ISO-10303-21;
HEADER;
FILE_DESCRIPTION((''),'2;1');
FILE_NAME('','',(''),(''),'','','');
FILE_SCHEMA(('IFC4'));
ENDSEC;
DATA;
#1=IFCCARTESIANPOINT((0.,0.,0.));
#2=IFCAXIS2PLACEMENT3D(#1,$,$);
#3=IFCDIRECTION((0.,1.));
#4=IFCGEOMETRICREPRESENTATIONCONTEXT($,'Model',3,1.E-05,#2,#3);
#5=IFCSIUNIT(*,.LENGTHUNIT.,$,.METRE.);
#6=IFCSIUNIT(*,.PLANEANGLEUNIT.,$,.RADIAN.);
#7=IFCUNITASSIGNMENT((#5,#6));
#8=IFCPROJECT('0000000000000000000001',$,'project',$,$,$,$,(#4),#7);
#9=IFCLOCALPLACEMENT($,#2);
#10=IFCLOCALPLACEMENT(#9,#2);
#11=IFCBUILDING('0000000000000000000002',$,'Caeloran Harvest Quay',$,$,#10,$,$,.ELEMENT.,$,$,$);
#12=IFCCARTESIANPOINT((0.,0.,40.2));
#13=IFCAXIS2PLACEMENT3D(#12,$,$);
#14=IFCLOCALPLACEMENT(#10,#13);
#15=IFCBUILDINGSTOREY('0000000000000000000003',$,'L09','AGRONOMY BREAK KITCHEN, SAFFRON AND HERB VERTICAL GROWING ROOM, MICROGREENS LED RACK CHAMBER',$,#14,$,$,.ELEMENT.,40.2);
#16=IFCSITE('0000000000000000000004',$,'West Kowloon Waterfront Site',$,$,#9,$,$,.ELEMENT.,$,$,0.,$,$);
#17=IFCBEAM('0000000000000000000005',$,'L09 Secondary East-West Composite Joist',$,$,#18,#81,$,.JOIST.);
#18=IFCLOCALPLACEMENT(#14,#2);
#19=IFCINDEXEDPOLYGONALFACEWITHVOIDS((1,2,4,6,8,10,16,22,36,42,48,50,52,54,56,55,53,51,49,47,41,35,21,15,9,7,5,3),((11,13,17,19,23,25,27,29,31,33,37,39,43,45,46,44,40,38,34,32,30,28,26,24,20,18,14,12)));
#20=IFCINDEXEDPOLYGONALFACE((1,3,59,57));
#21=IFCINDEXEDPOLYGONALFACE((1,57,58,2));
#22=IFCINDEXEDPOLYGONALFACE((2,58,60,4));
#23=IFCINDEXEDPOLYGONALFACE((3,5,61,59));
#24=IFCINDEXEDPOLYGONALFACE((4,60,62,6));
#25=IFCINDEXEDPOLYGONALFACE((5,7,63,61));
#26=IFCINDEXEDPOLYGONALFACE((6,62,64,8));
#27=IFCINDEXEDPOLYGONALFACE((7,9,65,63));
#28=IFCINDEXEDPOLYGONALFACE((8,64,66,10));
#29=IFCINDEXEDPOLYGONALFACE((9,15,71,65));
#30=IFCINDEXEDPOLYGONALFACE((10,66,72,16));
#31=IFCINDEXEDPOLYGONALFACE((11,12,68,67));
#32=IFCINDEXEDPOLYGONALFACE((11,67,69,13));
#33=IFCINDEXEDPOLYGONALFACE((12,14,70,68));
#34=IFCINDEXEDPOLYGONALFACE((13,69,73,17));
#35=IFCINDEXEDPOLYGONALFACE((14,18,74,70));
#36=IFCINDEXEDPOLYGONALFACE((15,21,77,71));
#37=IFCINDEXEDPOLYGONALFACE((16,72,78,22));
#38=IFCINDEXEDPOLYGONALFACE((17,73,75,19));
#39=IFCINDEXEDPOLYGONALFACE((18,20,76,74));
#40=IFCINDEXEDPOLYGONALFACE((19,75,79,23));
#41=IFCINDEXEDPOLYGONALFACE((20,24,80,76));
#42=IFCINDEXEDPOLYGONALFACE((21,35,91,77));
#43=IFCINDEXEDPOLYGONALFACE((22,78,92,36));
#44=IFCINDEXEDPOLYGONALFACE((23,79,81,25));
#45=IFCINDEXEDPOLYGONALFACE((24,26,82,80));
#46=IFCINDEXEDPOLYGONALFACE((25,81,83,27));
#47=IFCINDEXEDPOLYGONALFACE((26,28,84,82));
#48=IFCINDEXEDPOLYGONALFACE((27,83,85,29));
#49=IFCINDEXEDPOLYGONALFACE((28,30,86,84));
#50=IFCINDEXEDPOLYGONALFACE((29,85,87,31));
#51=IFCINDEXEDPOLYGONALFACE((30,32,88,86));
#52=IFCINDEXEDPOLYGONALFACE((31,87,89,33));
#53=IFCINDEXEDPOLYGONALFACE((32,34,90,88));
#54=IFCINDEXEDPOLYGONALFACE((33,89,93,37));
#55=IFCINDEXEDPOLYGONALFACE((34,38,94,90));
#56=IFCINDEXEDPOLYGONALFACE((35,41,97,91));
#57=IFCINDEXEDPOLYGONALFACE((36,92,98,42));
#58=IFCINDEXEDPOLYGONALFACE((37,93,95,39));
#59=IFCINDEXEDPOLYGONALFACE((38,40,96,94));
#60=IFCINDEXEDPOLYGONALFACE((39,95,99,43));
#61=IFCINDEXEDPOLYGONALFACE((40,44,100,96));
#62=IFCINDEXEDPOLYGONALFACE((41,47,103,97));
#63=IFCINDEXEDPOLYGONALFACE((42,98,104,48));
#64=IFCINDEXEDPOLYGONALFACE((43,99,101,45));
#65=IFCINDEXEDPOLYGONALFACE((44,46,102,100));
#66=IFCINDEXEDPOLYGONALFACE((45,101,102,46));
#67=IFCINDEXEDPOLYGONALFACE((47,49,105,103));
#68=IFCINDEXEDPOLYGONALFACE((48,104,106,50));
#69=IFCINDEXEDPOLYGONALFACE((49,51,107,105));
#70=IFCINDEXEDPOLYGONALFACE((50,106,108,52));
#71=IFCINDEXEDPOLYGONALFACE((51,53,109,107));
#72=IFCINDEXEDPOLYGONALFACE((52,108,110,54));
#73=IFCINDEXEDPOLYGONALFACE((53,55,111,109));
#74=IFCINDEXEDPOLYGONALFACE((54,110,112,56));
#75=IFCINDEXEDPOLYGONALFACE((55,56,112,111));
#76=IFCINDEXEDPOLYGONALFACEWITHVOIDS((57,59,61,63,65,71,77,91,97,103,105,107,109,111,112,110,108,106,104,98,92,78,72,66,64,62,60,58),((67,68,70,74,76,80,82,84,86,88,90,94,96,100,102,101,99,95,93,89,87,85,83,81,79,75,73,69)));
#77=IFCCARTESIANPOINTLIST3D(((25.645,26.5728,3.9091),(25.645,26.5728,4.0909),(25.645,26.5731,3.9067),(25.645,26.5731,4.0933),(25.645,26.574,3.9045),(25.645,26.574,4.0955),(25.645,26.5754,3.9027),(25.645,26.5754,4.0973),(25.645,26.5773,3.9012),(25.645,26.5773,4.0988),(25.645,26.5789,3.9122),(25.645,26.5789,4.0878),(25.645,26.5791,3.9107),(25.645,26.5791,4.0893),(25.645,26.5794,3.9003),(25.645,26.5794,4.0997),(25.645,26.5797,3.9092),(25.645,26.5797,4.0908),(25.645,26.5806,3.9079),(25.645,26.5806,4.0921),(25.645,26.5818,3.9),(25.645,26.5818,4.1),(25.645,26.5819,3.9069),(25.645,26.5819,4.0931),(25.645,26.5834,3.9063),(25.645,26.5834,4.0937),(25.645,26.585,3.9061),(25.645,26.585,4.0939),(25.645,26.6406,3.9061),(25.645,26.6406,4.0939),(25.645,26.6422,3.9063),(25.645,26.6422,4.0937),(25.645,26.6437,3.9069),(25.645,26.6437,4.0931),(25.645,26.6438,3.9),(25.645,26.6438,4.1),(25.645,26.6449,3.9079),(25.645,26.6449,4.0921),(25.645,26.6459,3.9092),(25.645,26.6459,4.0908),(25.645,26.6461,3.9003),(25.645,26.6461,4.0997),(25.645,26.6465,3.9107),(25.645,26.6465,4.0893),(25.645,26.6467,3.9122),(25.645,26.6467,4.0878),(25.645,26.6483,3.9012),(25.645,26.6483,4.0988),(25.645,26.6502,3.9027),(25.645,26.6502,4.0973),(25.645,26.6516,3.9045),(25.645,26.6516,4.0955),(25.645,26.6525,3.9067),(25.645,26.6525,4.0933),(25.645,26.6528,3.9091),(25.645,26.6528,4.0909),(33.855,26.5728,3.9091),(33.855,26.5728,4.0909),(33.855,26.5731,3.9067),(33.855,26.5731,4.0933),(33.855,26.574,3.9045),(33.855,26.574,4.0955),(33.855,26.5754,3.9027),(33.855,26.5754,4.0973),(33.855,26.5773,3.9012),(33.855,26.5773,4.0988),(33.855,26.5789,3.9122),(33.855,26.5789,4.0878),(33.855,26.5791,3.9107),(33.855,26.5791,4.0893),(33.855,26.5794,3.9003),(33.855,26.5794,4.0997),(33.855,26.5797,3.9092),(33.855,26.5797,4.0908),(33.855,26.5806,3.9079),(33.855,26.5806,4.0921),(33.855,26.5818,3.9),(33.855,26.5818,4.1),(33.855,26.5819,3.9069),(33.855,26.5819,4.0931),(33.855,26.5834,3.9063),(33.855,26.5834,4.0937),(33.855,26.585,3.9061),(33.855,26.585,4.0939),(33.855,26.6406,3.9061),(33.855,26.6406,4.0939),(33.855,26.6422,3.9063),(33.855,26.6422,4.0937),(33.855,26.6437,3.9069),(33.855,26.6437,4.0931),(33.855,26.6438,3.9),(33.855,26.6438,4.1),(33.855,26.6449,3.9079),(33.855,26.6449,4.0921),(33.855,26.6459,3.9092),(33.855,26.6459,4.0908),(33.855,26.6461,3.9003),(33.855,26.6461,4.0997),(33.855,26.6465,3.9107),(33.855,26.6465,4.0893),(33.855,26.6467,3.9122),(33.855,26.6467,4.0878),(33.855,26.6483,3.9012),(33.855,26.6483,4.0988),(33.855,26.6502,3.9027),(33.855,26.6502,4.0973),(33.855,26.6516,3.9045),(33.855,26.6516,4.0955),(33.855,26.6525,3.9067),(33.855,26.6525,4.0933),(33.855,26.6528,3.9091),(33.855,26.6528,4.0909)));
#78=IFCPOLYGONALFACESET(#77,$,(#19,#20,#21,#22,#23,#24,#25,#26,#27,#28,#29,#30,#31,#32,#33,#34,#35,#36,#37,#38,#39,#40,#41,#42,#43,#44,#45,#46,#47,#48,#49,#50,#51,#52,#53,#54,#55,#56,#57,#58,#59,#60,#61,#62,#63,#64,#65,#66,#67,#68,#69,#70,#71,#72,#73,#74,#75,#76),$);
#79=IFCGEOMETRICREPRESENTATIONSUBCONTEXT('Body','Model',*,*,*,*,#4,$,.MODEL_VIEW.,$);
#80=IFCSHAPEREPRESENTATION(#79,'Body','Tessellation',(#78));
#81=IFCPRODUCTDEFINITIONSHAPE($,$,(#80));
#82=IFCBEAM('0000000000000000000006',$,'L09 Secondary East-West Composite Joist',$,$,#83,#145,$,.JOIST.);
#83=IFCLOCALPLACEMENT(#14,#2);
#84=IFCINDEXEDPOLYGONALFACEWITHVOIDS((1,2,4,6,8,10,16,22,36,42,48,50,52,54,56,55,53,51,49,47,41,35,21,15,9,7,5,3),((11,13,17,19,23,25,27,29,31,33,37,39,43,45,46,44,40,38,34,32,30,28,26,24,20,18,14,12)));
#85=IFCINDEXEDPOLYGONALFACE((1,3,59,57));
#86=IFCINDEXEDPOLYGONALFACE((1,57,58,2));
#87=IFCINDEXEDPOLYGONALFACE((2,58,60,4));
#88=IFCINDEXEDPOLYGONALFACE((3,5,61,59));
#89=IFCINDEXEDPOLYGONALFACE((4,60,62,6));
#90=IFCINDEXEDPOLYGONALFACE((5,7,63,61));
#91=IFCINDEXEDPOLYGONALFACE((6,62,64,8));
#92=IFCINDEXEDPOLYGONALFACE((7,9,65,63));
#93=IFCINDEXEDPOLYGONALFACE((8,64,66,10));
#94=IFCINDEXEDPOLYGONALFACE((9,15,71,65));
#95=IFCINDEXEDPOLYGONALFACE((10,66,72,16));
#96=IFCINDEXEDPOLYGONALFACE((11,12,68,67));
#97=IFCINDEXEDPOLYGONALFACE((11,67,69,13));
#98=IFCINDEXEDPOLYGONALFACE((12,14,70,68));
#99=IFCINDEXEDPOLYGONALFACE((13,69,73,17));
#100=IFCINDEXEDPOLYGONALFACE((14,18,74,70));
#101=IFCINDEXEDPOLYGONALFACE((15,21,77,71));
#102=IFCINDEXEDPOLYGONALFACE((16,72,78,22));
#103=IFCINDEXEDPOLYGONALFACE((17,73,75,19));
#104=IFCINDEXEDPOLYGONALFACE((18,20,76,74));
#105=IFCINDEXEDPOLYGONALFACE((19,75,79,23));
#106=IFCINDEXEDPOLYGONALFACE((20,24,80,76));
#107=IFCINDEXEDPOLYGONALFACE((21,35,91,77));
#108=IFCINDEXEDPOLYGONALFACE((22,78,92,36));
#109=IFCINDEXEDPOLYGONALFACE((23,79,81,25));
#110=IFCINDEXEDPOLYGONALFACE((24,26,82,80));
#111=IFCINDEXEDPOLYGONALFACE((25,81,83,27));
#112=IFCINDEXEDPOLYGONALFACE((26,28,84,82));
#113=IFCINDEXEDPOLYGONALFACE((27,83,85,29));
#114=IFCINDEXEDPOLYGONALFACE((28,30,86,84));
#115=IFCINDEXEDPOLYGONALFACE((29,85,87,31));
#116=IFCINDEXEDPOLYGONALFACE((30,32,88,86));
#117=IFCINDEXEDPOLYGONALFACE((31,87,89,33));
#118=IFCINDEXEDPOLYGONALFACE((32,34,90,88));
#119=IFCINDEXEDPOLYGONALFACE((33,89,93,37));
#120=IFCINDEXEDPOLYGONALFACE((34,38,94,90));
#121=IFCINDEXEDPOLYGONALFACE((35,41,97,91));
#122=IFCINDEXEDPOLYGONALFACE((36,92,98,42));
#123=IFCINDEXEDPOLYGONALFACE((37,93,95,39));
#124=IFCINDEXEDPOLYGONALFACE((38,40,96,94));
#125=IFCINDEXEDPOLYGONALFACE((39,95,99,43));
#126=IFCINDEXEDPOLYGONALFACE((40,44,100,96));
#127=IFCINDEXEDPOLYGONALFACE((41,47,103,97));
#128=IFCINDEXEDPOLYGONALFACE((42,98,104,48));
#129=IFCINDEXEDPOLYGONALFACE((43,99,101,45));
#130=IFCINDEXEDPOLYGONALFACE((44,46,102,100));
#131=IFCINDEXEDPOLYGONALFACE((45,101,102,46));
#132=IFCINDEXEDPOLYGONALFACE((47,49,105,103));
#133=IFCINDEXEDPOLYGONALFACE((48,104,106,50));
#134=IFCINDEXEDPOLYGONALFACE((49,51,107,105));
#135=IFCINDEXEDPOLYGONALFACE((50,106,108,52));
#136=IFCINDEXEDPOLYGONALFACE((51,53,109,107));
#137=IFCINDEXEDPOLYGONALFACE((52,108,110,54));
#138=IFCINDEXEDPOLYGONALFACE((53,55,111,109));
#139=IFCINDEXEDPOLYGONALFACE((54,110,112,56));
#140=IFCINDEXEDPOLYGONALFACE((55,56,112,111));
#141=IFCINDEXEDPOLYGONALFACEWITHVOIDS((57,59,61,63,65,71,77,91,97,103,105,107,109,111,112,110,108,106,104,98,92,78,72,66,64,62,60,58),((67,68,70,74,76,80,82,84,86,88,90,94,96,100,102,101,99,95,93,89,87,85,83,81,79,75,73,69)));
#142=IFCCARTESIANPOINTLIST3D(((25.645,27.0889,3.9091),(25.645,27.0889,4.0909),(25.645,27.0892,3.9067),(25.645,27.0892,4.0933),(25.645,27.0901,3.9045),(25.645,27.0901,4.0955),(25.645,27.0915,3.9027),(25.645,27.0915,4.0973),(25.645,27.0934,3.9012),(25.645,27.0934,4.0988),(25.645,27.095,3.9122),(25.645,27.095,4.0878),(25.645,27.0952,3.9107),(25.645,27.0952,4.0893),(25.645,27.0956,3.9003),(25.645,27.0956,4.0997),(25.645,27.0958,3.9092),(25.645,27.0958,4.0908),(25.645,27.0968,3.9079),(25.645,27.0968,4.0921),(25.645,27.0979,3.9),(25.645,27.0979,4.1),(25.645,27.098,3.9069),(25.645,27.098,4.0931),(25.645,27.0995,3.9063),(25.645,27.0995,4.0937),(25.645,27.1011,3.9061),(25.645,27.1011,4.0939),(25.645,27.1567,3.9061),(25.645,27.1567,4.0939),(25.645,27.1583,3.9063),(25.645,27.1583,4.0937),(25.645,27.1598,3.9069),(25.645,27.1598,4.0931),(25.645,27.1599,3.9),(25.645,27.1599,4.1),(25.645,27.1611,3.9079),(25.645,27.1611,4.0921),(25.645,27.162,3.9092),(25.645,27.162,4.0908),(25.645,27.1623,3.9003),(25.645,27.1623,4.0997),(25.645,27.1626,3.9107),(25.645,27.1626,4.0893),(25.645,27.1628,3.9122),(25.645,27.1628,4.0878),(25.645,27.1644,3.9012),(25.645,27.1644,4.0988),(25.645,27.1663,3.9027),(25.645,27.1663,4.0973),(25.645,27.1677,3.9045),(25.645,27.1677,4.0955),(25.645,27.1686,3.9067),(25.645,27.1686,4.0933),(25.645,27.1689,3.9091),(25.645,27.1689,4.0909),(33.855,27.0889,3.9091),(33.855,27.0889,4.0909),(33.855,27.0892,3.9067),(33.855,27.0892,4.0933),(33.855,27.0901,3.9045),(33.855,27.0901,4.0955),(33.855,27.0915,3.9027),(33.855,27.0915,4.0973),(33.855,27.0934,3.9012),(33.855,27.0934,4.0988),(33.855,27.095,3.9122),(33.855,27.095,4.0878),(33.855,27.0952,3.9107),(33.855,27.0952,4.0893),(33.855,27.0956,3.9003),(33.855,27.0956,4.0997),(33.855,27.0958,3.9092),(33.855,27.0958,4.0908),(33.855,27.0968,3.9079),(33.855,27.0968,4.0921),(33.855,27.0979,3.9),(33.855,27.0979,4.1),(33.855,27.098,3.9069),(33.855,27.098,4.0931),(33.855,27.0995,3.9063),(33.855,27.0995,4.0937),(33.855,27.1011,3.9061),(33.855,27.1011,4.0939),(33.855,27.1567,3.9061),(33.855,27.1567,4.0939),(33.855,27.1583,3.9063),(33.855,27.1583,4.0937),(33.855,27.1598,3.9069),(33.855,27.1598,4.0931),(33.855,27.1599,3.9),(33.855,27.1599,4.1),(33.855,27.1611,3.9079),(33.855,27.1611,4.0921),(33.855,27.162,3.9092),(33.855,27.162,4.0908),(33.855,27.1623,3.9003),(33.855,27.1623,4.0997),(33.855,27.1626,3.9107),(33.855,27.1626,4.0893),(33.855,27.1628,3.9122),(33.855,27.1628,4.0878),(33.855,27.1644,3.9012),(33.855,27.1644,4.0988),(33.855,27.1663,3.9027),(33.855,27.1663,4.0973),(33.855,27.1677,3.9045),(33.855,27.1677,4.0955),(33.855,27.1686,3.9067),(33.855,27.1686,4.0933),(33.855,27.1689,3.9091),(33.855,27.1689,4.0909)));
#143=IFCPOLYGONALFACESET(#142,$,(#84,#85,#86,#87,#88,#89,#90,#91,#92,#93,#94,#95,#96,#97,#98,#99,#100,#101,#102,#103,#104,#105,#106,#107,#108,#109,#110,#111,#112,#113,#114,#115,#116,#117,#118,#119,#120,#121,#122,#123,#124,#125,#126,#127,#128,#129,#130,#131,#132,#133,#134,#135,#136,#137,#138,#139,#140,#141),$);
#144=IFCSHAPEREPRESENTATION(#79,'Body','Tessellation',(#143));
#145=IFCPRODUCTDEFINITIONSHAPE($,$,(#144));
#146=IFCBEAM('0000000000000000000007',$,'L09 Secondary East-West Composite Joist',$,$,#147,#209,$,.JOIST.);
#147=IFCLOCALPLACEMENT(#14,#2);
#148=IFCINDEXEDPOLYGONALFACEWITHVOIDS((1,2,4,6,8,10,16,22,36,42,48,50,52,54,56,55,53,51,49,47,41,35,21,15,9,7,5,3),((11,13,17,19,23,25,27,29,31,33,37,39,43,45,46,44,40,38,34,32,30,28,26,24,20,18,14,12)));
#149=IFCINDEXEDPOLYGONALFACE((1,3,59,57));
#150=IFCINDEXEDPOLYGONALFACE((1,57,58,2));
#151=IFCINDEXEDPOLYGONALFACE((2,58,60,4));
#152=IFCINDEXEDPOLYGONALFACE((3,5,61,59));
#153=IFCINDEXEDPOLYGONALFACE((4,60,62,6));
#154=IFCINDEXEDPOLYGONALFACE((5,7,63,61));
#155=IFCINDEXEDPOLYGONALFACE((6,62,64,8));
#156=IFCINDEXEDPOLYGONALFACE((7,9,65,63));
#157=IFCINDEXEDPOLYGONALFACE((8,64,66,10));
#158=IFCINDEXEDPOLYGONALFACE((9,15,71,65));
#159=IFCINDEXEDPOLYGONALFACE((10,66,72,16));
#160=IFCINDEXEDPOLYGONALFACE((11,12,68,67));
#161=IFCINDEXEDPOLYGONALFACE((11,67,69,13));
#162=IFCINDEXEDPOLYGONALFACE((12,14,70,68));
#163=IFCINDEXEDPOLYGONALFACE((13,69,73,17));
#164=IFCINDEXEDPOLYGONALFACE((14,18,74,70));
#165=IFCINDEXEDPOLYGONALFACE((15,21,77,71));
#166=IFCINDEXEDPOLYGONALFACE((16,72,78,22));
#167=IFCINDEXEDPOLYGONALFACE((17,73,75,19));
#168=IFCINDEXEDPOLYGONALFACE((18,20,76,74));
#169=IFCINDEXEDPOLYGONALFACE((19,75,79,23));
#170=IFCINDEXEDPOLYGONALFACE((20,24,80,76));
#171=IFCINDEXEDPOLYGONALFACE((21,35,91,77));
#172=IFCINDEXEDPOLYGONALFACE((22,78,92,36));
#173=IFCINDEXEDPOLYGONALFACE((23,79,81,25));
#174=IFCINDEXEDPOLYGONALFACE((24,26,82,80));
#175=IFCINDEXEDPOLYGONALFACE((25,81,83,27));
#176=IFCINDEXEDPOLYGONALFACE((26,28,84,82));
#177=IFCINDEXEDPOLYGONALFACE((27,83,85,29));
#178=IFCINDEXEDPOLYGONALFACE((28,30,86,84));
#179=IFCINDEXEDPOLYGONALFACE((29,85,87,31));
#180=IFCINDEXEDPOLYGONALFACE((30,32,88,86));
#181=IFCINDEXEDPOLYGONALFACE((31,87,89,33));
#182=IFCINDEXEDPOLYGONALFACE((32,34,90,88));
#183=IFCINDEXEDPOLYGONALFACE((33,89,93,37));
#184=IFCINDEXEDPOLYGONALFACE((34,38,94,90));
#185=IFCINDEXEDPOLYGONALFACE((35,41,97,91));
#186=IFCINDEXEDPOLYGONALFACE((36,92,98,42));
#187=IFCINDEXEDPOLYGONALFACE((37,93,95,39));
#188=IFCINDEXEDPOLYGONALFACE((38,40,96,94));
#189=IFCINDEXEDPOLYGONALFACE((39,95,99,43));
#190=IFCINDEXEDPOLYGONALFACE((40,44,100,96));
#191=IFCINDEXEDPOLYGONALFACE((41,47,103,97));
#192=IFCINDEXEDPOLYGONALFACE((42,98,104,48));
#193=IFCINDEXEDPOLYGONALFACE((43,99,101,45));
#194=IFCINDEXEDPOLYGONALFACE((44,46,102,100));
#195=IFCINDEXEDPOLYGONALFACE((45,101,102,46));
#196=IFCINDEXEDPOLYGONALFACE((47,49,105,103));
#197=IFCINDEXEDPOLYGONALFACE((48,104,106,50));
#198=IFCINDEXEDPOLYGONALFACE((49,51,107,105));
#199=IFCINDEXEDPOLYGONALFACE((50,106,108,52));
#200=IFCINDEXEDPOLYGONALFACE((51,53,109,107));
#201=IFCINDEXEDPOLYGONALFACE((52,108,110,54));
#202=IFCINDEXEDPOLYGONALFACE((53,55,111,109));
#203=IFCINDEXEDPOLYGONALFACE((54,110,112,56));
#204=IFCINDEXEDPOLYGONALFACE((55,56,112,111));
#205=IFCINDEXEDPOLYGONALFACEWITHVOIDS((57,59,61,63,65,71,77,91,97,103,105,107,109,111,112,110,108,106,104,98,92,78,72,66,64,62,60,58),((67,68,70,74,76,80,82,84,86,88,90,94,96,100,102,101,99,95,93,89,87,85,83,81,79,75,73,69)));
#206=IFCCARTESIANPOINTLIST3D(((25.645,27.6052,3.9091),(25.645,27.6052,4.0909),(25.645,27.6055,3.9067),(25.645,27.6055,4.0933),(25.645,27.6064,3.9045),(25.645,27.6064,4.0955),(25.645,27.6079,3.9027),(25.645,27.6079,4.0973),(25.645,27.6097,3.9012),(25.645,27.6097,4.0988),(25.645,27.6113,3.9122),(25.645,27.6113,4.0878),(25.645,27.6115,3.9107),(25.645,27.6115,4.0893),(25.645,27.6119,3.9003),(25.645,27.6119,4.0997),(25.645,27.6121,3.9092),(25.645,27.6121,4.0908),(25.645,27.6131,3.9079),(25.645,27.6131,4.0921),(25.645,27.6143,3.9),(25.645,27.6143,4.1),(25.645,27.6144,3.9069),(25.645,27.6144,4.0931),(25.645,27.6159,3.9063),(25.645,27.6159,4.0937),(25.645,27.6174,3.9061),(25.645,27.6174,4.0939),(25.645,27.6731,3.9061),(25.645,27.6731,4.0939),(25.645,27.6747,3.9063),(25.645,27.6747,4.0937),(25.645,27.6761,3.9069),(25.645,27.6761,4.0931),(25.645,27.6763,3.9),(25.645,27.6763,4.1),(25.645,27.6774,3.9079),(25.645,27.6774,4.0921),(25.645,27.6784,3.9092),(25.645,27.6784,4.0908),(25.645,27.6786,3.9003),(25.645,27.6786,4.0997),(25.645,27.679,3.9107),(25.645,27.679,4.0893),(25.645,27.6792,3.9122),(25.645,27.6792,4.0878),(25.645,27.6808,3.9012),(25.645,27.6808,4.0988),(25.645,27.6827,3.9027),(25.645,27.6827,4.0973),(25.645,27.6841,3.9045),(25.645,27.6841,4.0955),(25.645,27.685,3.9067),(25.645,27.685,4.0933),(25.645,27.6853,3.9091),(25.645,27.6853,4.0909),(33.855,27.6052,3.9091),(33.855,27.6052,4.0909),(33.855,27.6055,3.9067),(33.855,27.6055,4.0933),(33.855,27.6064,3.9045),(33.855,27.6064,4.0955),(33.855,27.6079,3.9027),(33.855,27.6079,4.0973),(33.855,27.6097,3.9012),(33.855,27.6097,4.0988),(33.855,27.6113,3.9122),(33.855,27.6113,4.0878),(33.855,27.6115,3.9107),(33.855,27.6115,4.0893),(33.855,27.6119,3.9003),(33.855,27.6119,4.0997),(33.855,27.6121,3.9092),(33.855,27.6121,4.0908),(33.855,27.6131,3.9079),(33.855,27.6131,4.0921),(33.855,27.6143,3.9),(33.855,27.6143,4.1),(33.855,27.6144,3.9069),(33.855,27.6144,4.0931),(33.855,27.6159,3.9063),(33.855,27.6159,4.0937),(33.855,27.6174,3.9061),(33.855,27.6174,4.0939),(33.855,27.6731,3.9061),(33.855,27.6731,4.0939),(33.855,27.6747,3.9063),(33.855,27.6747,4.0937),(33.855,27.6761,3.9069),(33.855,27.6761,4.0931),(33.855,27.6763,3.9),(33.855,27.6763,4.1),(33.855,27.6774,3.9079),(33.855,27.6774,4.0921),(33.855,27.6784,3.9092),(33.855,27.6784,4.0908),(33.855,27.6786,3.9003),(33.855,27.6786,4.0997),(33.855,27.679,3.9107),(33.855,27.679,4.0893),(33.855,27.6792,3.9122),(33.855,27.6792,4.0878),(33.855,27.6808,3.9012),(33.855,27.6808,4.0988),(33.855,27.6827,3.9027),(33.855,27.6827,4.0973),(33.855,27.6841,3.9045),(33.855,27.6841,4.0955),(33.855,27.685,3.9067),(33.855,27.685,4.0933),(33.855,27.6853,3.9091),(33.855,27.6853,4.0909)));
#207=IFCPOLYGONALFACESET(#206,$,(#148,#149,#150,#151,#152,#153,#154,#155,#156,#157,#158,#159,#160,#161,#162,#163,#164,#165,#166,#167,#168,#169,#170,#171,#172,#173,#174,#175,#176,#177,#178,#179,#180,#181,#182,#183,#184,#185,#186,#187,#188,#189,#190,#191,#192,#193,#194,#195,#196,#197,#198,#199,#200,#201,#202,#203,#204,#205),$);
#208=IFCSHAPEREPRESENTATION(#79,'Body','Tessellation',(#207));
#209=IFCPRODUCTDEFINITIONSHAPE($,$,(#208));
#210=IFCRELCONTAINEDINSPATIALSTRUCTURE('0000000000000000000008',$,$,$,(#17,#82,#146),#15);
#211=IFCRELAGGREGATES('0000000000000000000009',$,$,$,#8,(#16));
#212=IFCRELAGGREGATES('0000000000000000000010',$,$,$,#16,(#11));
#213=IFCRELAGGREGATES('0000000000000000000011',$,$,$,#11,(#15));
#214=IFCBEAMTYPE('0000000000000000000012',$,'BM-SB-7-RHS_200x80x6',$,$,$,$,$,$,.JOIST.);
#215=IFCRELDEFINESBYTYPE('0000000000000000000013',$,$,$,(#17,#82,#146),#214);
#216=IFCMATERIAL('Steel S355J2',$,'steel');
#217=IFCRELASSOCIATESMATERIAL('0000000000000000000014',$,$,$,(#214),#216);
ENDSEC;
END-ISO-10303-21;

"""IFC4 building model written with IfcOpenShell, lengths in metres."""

from ifc_helpers import new_model, si_unit, direction, frame, origin, origin_2d, place, context, subcontext, project, spatial, hollow_rectangle, extrude, material, material_profile, profile_set, type_object, element, save


model = new_model("IFC4")

# Units and contexts
model_context = context("Model", 3, precision=1e-05, world=origin(), true_north=direction((0.0, 1.0)))
body_context = subcontext(model_context, "Body", "Model", "MODEL_VIEW")
ifc_project = project(units=[si_unit("LENGTHUNIT", "METRE"), si_unit("PLANEANGLEUNIT", "RADIAN")], contexts=[model_context])

# Site, building, storey
site_placement = place(None, origin())
site = spatial("IfcSite", under=ifc_project, at=site_placement, Name="West Kowloon Waterfront Site", CompositionType="ELEMENT", RefElevation=0.0)
building_placement = place(site_placement, origin())
building = spatial("IfcBuilding", under=site, at=building_placement, Name="Caeloran Harvest Quay", CompositionType="ELEMENT")
storey_placement = place(building_placement, frame((0.0, 0.0, 40.2)))
storey = spatial("IfcBuildingStorey", under=building, at=storey_placement, Name="L09", Description="AGRONOMY BREAK KITCHEN, SAFFRON AND HERB VERTICAL GROWING ROOM, MICROGREENS LED RACK CHAMBER", CompositionType="ELEMENT", Elevation=40.2)

# Beams
ifc_material_1 = material(Name="Steel S355J2", Category="steel")
ifc_material_profile_1 = material_profile(ifc_material_1, hollow_rectangle(XDim=0.0801, YDim=0.2, WallThickness=0.0061, InnerFilletRadius=0.0061, OuterFilletRadius=0.009, at=origin_2d()), Name="RHS 200x80x6")
ifc_profile_set_1 = profile_set([ifc_material_profile_1], Name="Steel S355J2")
beam_type_1 = type_object("IfcBeamType", Name="BM-SB-7-RHS_200x80x6", PredefinedType="JOIST", material=ifc_profile_set_1)
for number, where, z_axis, x_axis, name in (
    (1, (25.645, 26.6128, 4.0), (1.0, 0.0, 0.0), (0.0, 1.0, 0.0), "L09 Secondary East-West Composite Joist"),
    (2, (25.645, 27.1289, 4.0), (1.0, 0.0, 0.0), (0.0, 1.0, 0.0), "L09 Secondary East-West Composite Joist"),
    (3, (25.645, 27.6453, 4.0), (1.0, 0.0, 0.0), (0.0, 1.0, 0.0), "L09 Secondary East-West Composite Joist"),
):
    element("IfcBeam", number, at=place(storey_placement, frame(where, z_axis=z_axis, x_axis=x_axis)), inside=storey, type_object=beam_type_1, Name=name, PredefinedType="JOIST", context=body_context, shape_type="SweptSolid", body=[
        extrude(hollow_rectangle(XDim=0.0801, YDim=0.2, WallThickness=0.0061, InnerFilletRadius=0.0061, OuterFilletRadius=0.009, at=origin_2d()), origin(), (0.0, 0.0, 1.0), 8.21),
    ])

save(model, "model.ifc")
